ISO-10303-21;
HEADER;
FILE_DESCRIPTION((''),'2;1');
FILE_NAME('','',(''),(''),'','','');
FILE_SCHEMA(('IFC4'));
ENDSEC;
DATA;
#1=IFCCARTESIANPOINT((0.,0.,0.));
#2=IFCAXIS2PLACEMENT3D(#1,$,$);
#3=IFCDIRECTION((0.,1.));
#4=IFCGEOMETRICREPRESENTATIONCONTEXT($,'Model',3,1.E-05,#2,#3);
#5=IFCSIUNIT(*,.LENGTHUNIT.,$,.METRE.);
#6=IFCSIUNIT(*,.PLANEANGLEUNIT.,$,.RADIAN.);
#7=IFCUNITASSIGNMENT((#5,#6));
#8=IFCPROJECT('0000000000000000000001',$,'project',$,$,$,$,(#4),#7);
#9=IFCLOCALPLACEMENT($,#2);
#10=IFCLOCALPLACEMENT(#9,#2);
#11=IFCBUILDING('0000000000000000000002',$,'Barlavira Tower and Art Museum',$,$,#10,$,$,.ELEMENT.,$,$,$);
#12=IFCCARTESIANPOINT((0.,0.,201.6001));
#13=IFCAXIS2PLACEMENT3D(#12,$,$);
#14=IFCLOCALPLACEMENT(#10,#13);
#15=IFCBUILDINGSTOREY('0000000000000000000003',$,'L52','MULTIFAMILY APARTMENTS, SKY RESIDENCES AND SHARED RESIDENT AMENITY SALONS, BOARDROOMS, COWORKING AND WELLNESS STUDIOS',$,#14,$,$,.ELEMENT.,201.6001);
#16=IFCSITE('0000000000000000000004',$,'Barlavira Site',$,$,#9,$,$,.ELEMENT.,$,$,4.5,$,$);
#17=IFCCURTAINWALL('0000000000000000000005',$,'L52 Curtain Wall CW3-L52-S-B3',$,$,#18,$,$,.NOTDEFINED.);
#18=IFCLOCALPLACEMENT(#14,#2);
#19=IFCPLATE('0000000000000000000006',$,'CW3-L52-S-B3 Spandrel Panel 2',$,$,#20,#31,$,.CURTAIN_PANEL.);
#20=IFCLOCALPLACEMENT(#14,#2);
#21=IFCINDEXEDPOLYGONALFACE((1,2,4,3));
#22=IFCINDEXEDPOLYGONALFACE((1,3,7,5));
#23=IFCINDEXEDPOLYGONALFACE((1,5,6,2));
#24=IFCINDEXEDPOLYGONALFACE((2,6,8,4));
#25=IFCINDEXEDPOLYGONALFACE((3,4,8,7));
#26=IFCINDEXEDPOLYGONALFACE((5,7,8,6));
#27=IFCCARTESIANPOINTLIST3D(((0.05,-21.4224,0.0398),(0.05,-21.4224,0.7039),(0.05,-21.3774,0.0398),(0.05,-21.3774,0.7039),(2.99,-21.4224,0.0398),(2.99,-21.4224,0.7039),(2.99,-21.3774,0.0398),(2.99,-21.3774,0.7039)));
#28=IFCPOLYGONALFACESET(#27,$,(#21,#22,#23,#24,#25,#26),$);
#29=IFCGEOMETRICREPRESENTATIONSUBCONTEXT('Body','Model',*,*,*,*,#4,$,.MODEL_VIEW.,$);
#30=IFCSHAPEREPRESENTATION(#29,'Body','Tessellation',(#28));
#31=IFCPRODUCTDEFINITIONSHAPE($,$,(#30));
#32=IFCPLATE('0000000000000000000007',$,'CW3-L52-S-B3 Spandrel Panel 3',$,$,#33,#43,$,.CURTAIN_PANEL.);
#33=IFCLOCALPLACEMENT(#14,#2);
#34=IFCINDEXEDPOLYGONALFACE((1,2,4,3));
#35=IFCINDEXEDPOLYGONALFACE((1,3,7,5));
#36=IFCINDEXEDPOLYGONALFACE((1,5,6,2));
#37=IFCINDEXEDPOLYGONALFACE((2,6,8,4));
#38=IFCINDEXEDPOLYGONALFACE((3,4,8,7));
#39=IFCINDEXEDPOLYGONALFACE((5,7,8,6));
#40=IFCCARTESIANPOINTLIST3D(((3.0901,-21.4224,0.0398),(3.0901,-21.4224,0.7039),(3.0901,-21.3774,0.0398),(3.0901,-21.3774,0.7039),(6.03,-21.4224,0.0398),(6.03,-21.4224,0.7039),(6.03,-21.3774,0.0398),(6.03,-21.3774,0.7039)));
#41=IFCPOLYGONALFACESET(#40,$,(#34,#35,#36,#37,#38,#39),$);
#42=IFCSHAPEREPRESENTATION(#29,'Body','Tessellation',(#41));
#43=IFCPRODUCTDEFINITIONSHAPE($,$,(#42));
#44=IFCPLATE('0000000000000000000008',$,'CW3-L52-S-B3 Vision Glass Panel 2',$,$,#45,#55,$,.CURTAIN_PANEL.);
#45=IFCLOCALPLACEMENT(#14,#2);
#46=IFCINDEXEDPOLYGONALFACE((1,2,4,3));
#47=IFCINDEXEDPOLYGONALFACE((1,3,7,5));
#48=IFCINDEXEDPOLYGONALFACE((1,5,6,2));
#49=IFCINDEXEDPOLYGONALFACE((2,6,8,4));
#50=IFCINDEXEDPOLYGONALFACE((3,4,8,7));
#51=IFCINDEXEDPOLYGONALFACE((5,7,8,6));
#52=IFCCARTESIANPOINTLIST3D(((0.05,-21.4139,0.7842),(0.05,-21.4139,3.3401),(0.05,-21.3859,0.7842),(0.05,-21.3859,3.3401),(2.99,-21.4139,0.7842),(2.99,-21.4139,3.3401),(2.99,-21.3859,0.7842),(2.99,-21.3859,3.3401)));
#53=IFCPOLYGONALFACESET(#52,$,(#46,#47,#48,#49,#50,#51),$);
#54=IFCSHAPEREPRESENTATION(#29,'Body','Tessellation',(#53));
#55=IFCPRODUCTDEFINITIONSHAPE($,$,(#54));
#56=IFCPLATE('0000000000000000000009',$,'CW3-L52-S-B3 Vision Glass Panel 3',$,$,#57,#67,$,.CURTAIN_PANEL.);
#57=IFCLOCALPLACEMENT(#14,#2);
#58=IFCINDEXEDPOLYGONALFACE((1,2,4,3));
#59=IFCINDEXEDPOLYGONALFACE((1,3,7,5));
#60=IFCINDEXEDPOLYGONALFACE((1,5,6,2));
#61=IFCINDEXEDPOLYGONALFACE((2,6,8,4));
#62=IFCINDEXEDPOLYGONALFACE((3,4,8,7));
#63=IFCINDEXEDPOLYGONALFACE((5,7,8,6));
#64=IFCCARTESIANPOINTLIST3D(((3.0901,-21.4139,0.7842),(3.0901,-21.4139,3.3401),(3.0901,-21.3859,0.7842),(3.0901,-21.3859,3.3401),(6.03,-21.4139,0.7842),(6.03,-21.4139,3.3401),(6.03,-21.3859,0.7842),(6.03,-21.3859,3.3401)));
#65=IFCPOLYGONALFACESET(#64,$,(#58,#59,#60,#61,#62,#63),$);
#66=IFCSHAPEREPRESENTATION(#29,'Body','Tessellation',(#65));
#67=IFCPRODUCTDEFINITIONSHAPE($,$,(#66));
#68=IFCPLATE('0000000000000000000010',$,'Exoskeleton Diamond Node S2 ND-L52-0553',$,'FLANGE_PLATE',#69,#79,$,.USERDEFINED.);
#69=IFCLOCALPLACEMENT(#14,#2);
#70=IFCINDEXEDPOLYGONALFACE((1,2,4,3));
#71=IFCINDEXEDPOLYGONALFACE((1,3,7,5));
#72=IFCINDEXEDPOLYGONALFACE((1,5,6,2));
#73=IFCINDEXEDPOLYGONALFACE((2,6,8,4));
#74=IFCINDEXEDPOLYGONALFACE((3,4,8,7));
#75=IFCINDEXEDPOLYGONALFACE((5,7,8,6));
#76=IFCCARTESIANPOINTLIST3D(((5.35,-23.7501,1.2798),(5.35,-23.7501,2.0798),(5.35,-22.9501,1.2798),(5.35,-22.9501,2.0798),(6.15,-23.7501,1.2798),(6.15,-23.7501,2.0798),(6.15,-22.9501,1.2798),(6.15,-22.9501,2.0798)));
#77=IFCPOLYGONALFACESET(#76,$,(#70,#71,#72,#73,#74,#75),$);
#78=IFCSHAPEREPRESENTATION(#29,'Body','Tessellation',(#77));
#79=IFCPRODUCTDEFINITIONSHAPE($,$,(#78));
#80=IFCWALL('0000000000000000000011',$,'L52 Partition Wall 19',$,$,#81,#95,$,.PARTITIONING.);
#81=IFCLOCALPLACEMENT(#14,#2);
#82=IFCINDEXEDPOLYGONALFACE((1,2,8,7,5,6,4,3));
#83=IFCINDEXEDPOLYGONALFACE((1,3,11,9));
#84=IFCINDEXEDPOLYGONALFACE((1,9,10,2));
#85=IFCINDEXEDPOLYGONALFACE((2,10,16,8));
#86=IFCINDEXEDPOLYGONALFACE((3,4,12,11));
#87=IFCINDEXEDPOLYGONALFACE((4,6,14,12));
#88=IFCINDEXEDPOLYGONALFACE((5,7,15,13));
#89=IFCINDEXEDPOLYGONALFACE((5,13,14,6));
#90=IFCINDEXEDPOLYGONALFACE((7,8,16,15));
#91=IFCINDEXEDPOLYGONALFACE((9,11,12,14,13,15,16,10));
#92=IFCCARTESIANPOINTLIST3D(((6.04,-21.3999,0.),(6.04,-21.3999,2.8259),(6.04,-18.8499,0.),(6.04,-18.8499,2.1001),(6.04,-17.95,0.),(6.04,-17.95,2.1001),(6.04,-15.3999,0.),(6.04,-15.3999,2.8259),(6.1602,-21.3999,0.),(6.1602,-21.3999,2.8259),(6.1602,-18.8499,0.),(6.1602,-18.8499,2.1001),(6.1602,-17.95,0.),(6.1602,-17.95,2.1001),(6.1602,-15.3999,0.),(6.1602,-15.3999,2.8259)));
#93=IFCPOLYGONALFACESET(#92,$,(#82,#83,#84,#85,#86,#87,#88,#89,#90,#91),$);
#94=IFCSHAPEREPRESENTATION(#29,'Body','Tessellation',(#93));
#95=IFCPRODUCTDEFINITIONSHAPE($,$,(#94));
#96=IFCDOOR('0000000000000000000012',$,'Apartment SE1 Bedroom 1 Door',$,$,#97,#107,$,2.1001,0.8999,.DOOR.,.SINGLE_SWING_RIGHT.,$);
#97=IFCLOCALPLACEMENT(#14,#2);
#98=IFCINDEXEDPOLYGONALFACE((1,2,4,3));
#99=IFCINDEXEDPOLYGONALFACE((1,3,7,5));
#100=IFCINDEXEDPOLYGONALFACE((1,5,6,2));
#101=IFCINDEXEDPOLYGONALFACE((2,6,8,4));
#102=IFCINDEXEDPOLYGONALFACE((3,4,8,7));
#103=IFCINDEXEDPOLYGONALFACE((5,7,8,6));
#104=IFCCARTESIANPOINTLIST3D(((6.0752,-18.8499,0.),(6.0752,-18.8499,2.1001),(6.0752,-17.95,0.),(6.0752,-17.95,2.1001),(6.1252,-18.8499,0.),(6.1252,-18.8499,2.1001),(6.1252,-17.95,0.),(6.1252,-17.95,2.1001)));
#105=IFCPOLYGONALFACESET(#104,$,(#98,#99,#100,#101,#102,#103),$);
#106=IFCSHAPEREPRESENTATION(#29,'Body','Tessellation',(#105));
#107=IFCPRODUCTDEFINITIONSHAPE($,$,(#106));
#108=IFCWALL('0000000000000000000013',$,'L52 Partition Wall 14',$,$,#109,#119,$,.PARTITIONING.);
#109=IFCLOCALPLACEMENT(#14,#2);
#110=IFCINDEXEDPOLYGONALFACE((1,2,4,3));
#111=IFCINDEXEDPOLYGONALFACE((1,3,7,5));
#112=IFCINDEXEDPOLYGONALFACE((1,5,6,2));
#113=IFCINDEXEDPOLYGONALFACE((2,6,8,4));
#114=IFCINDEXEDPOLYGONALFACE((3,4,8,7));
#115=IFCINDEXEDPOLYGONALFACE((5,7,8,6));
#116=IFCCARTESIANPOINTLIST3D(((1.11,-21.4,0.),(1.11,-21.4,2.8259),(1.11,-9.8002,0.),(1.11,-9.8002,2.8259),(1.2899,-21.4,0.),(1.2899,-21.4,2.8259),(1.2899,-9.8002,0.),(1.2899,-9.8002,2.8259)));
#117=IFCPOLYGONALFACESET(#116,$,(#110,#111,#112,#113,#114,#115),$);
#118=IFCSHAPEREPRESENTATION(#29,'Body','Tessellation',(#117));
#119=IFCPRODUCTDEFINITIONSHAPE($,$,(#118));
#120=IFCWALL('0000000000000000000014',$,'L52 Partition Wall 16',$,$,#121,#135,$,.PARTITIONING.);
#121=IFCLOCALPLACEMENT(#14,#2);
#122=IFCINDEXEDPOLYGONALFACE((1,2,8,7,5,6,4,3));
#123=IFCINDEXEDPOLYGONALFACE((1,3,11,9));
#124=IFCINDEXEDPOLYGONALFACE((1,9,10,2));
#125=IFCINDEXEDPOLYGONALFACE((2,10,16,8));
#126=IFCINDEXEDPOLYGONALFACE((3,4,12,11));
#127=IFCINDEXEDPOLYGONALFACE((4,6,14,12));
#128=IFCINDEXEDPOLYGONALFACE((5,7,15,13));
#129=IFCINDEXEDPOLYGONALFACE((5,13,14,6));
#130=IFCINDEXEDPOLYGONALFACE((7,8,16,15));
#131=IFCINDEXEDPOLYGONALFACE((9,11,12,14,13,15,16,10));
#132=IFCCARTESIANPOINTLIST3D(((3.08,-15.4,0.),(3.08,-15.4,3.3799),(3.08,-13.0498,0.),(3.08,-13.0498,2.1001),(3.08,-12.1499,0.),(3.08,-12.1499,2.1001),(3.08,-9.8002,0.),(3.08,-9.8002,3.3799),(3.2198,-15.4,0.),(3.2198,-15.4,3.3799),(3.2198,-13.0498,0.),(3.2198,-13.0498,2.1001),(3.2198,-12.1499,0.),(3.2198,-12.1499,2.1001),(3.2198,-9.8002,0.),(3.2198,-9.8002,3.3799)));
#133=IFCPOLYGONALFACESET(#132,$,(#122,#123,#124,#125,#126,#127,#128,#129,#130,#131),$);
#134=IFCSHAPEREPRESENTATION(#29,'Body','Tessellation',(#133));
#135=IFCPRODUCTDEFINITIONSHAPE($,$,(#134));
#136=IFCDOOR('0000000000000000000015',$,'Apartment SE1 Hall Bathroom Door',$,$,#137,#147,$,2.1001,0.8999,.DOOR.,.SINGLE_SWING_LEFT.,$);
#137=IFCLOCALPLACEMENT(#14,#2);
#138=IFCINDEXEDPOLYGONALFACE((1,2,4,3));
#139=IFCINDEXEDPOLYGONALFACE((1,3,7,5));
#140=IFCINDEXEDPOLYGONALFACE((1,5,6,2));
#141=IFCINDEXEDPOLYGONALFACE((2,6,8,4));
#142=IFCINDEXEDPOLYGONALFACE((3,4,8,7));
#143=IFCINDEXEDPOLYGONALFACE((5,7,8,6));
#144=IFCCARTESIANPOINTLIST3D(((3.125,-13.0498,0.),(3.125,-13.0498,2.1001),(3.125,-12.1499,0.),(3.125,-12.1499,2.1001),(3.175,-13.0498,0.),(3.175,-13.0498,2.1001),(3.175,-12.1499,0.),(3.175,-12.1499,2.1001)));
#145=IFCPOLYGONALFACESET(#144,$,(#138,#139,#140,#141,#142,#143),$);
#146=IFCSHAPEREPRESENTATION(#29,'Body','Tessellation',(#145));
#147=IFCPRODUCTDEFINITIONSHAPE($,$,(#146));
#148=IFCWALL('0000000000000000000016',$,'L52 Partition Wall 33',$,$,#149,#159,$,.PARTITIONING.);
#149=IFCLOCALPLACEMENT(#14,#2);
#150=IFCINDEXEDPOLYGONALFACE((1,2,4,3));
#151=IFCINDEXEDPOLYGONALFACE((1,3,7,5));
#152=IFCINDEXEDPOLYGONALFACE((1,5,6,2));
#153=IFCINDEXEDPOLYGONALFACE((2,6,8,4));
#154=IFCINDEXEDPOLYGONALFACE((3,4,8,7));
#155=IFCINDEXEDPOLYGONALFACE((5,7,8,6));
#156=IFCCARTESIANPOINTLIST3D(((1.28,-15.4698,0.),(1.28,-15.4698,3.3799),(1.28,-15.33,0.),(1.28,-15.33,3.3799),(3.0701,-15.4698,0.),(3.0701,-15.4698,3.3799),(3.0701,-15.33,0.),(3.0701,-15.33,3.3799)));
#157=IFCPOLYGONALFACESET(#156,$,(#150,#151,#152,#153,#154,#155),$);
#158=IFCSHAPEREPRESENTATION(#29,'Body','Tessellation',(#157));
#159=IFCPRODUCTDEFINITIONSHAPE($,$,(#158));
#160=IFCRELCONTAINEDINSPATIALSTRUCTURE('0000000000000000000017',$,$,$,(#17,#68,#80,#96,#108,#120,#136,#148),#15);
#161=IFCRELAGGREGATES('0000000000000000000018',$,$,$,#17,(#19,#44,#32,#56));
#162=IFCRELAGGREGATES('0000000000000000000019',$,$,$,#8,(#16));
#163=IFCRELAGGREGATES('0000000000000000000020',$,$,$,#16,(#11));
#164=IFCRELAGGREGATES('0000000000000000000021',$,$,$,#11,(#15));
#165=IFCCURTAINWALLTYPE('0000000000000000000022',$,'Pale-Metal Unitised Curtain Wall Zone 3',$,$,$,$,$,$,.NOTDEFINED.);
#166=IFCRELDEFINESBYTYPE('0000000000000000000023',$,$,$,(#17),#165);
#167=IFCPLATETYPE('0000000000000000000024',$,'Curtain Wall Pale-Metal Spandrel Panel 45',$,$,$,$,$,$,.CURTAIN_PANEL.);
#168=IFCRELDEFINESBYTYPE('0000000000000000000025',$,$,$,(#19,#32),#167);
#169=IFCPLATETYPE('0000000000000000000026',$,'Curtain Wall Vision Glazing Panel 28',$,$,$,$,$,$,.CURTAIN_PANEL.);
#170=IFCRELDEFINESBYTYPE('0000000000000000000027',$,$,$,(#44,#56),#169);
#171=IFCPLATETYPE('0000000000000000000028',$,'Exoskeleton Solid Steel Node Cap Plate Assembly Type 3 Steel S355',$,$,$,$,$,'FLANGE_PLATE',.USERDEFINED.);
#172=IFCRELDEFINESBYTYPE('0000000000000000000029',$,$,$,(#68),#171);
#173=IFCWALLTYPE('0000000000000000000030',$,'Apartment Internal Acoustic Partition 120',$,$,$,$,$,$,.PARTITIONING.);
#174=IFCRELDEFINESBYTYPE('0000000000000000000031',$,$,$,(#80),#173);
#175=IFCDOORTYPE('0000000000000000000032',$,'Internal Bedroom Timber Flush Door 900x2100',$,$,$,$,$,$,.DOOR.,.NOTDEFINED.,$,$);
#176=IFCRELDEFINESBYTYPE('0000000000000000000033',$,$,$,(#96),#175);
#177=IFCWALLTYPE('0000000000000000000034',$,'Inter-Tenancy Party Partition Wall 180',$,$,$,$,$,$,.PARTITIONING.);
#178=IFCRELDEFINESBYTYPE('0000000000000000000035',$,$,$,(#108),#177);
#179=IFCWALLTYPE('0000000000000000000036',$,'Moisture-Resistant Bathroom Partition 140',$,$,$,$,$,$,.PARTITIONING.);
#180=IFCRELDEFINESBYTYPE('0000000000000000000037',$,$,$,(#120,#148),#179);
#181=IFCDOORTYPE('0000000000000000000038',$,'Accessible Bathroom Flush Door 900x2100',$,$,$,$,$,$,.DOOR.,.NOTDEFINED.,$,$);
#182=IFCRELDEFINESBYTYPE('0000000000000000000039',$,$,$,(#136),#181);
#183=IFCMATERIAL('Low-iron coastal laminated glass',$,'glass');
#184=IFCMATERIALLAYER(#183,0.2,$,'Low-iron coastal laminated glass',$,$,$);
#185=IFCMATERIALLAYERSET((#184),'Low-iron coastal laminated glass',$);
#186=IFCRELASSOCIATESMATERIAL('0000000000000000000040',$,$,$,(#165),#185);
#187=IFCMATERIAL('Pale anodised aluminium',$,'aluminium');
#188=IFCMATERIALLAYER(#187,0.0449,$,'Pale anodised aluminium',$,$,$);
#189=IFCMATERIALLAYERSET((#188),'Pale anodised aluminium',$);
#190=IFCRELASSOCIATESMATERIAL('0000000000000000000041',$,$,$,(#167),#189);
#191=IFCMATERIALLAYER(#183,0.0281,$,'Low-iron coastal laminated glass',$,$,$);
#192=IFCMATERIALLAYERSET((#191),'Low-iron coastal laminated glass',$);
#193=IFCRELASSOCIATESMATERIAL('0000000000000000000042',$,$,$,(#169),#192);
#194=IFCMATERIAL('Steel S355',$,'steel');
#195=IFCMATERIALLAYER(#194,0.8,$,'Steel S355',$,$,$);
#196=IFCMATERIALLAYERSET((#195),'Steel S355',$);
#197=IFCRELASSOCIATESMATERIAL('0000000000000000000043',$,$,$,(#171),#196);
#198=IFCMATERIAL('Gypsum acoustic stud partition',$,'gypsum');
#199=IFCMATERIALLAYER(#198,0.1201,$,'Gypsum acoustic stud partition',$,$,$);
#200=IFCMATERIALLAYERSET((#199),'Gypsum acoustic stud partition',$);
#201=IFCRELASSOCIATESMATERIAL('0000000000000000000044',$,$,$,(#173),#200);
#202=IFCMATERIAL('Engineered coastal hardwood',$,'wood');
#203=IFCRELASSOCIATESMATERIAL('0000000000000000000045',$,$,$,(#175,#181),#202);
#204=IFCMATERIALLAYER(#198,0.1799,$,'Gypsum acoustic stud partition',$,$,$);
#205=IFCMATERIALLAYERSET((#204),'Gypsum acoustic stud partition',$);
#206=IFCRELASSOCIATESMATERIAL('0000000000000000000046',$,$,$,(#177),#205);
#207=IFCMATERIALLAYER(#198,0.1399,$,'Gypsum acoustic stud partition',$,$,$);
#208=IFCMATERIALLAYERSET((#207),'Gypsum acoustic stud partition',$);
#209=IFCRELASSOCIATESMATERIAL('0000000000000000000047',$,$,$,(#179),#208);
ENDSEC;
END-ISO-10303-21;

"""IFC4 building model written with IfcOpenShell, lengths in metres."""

from ifc_helpers import new_model, si_unit, direction, frame, frame_2d, origin, origin_2d, place, context, subcontext, project, spatial, rectangle, extrude, material, layer, layer_set, type_object, element, fill, aggregate, save


model = new_model("IFC4")

# Units and contexts
model_context = context("Model", 3, precision=1e-05, world=origin(), true_north=direction((0.0, 1.0)))
body_context = subcontext(model_context, "Body", "Model", "MODEL_VIEW")
ifc_project = project(units=[si_unit("LENGTHUNIT", "METRE"), si_unit("PLANEANGLEUNIT", "RADIAN")], contexts=[model_context])

# Site, building, storey
site_placement = place(None, origin())
site = spatial("IfcSite", under=ifc_project, at=site_placement, Name="Barlavira Site", CompositionType="ELEMENT", RefElevation=4.5)
building_placement = place(site_placement, origin())
building = spatial("IfcBuilding", under=site, at=building_placement, Name="Barlavira Tower and Art Museum", CompositionType="ELEMENT")
storey_placement = place(building_placement, frame((0.0, 0.0, 201.6001)))
storey = spatial("IfcBuildingStorey", under=building, at=storey_placement, Name="L52", Description="MULTIFAMILY APARTMENTS, SKY RESIDENCES AND SHARED RESIDENT AMENITY SALONS, BOARDROOMS, COWORKING AND WELLNESS STUDIOS", CompositionType="ELEMENT", Elevation=201.6001)

# Curtain wall
ifc_material_1 = material(Name="Low-iron coastal laminated glass", Category="glass")
ifc_layer_1 = layer(ifc_material_1, 0.2, Name="Low-iron coastal laminated glass")
ifc_layer_set_1 = layer_set([ifc_layer_1], Name="Low-iron coastal laminated glass")
curtain_wall_type = type_object("IfcCurtainWallType", Name="Pale-Metal Unitised Curtain Wall Zone 3", PredefinedType="NOTDEFINED", material=ifc_layer_set_1)
curtain_wall_placement = place(storey_placement, origin())
curtain_wall = element("IfcCurtainWall", 1, at=curtain_wall_placement, inside=storey, type_object=curtain_wall_type, Name="L52 Curtain Wall CW3-L52-S-B3", PredefinedType="NOTDEFINED")
ifc_material_2 = material(Name="Pale anodised aluminium", Category="aluminium")

# Shared definitions
ifc_material_3 = material(Name="Steel S355", Category="steel")

# Plates
ifc_layer_2 = layer(ifc_material_2, 0.0449, Name="Pale anodised aluminium")
ifc_layer_set_2 = layer_set([ifc_layer_2], Name="Pale anodised aluminium")
plate_type_1 = type_object("IfcPlateType", Name="Curtain Wall Pale-Metal Spandrel Panel 45", PredefinedType="CURTAIN_PANEL", material=ifc_layer_set_2)
plate_1_placement = place(storey_placement, frame((1.52, -21.3999, 0.0398), z_axis=(0.0, 0.0, 1.0), x_axis=(1.0, 0.0, 0.0)))
plate_1 = element("IfcPlate", 2, at=plate_1_placement, type_object=plate_type_1, Name="CW3-L52-S-B3 Spandrel Panel 2", PredefinedType="CURTAIN_PANEL", context=body_context, shape_type="SweptSolid", body=[
    extrude(rectangle(XDim=2.9399, YDim=0.0449, at=origin_2d()), origin(), (0.0, 0.0, 1.0), 0.6641),
])
plate_2_placement = place(storey_placement, frame((4.5601, -21.3999, 0.0398), z_axis=(0.0, 0.0, 1.0), x_axis=(1.0, 0.0, 0.0)))
plate_2 = element("IfcPlate", 3, at=plate_2_placement, type_object=plate_type_1, Name="CW3-L52-S-B3 Spandrel Panel 3", PredefinedType="CURTAIN_PANEL", context=body_context, shape_type="SweptSolid", body=[
    extrude(rectangle(XDim=2.9399, YDim=0.0449, at=origin_2d()), origin(), (0.0, 0.0, 1.0), 0.6641),
])
ifc_layer_3 = layer(ifc_material_1, 0.0281, Name="Low-iron coastal laminated glass")
ifc_layer_set_3 = layer_set([ifc_layer_3], Name="Low-iron coastal laminated glass")
plate_type_2 = type_object("IfcPlateType", Name="Curtain Wall Vision Glazing Panel 28", PredefinedType="CURTAIN_PANEL", material=ifc_layer_set_3)
plate_3_placement = place(storey_placement, frame((1.52, -21.3999, 0.7842), z_axis=(0.0, 0.0, 1.0), x_axis=(1.0, 0.0, 0.0)))
plate_3 = element("IfcPlate", 4, at=plate_3_placement, type_object=plate_type_2, Name="CW3-L52-S-B3 Vision Glass Panel 2", PredefinedType="CURTAIN_PANEL", context=body_context, shape_type="SweptSolid", body=[
    extrude(rectangle(XDim=2.9399, YDim=0.0281, at=origin_2d()), origin(), (0.0, 0.0, 1.0), 2.5559),
])
plate_4_placement = place(storey_placement, frame((4.5601, -21.3999, 0.7842), z_axis=(0.0, 0.0, 1.0), x_axis=(1.0, 0.0, 0.0)))
plate_4 = element("IfcPlate", 5, at=plate_4_placement, type_object=plate_type_2, Name="CW3-L52-S-B3 Vision Glass Panel 3", PredefinedType="CURTAIN_PANEL", context=body_context, shape_type="SweptSolid", body=[
    extrude(rectangle(XDim=2.9399, YDim=0.0281, at=origin_2d()), origin(), (0.0, 0.0, 1.0), 2.5559),
])
aggregate(curtain_wall, [plate_1, plate_3, plate_2, plate_4])
ifc_layer_4 = layer(ifc_material_3, 0.8, Name="Steel S355")
ifc_layer_set_4 = layer_set([ifc_layer_4], Name="Steel S355")
plate_type_3 = type_object("IfcPlateType", Name="Exoskeleton Solid Steel Node Cap Plate Assembly Type 3 Steel S355", ElementType="FLANGE_PLATE", PredefinedType="USERDEFINED", material=ifc_layer_set_4)
plate_5_placement = place(storey_placement, frame((5.75, -23.3501, 1.2798), z_axis=(0.0, 0.0, 1.0), x_axis=(1.0, 0.0, 0.0)))
element("IfcPlate", 6, at=plate_5_placement, inside=storey, type_object=plate_type_3, Name="Exoskeleton Diamond Node S2 ND-L52-0553", ObjectType="FLANGE_PLATE", PredefinedType="USERDEFINED", context=body_context, shape_type="SweptSolid", body=[
    extrude(rectangle(XDim=0.8, YDim=0.8, at=origin_2d()), origin(), (0.0, 0.0, 1.0), 0.8),
])

# Wall, opening, door
ifc_material_4 = material(Name="Gypsum acoustic stud partition", Category="gypsum")
ifc_layer_5 = layer(ifc_material_4, 0.1201, Name="Gypsum acoustic stud partition")
ifc_layer_set_5 = layer_set([ifc_layer_5], Name="Gypsum acoustic stud partition")
wall_type_1 = type_object("IfcWallType", Name="Apartment Internal Acoustic Partition 120", PredefinedType="PARTITIONING", material=ifc_layer_set_5)
wall_1_placement = place(storey_placement, frame((6.1001, -21.3999, 0.0), z_axis=(0.0, 0.0, 1.0), x_axis=(0.0, 1.0, 0.0)))
wall_1 = element("IfcWall", 7, at=wall_1_placement, inside=storey, type_object=wall_type_1, Name="L52 Partition Wall 19", PredefinedType="PARTITIONING", context=body_context, shape_type="SweptSolid", body=[
    extrude(rectangle(XDim=6.0, YDim=0.1201, at=frame_2d((3.0, 0.0))), origin(), (0.0, 0.0, 1.0), 2.8259),
])
opening_1_placement = place(wall_1_placement, frame((2.55, 0.0, 0.0)))
opening_1 = element("IfcOpeningElement", 8, at=opening_1_placement, cuts=wall_1, PredefinedType="OPENING", context=body_context, shape_type="SweptSolid", body=[
    extrude(rectangle(XDim=0.8999, YDim=2.1001, at=frame_2d((0.45, 1.05))), frame((0.0, 0.0701, 0.0), z_axis=(0.0, -1.0, 0.0), x_axis=(1.0, 0.0, 0.0)), (0.0, 0.0, 1.0), 0.1401),
])
ifc_material_5 = material(Name="Engineered coastal hardwood", Category="wood")
door_type_1 = type_object("IfcDoorType", Name="Internal Bedroom Timber Flush Door 900x2100", OperationType="NOTDEFINED", PredefinedType="DOOR", material=ifc_material_5)
door_1_placement = place(opening_1_placement, origin())
door_1 = element("IfcDoor", 9, at=door_1_placement, inside=storey, type_object=door_type_1, Name="Apartment SE1 Bedroom 1 Door", OperationType="SINGLE_SWING_RIGHT", OverallHeight=2.1001, OverallWidth=0.8999, PredefinedType="DOOR", context=body_context, shape_type="SweptSolid", body=[
    extrude(rectangle(XDim=0.8999, YDim=2.1001, at=frame_2d((0.45, 1.05))), frame((0.0, 0.0249, 0.0), z_axis=(0.0, -1.0, 0.0), x_axis=(1.0, 0.0, 0.0)), (0.0, 0.0, 1.0), 0.05),
])
fill(opening_1, door_1)

# Wall
ifc_layer_6 = layer(ifc_material_4, 0.1799, Name="Gypsum acoustic stud partition")
ifc_layer_set_6 = layer_set([ifc_layer_6], Name="Gypsum acoustic stud partition")
wall_type_2 = type_object("IfcWallType", Name="Inter-Tenancy Party Partition Wall 180", PredefinedType="PARTITIONING", material=ifc_layer_set_6)
wall_2_placement = place(storey_placement, frame((1.2, -21.3999, 0.0), z_axis=(0.0, 0.0, 1.0), x_axis=(0.0, 1.0, 0.0)))
element("IfcWall", 10, at=wall_2_placement, inside=storey, type_object=wall_type_2, Name="L52 Partition Wall 14", PredefinedType="PARTITIONING", context=body_context, shape_type="SweptSolid", body=[
    extrude(rectangle(XDim=11.5999, YDim=0.1799, at=frame_2d((5.7998, 0.0))), origin(), (0.0, 0.0, 1.0), 2.8259),
])

# Wall, opening, door
ifc_layer_7 = layer(ifc_material_4, 0.1399, Name="Gypsum acoustic stud partition")
ifc_layer_set_7 = layer_set([ifc_layer_7], Name="Gypsum acoustic stud partition")
wall_type_3 = type_object("IfcWallType", Name="Moisture-Resistant Bathroom Partition 140", PredefinedType="PARTITIONING", material=ifc_layer_set_7)
wall_3_placement = place(storey_placement, frame((3.1499, -15.3999, 0.0), z_axis=(0.0, 0.0, 1.0), x_axis=(0.0, 1.0, 0.0)))
wall_3 = element("IfcWall", 11, at=wall_3_placement, inside=storey, type_object=wall_type_3, Name="L52 Partition Wall 16", PredefinedType="PARTITIONING", context=body_context, shape_type="SweptSolid", body=[
    extrude(rectangle(XDim=5.5999, YDim=0.1399, at=frame_2d((2.7998, 0.0))), origin(), (0.0, 0.0, 1.0), 3.3799),
])
opening_2_placement = place(wall_3_placement, frame((2.3501, 0.0, 0.0)))
opening_2 = element("IfcOpeningElement", 12, at=opening_2_placement, cuts=wall_3, PredefinedType="OPENING", context=body_context, shape_type="SweptSolid", body=[
    extrude(rectangle(XDim=0.8999, YDim=2.1001, at=frame_2d((0.45, 1.05))), frame((0.0, 0.0801, 0.0), z_axis=(0.0, -1.0, 0.0), x_axis=(1.0, 0.0, 0.0)), (0.0, 0.0, 1.0), 0.1599),
])
door_type_2 = type_object("IfcDoorType", Name="Accessible Bathroom Flush Door 900x2100", OperationType="NOTDEFINED", PredefinedType="DOOR", material=ifc_material_5)
door_2_placement = place(opening_2_placement, origin())
door_2 = element("IfcDoor", 13, at=door_2_placement, inside=storey, type_object=door_type_2, Name="Apartment SE1 Hall Bathroom Door", OperationType="SINGLE_SWING_LEFT", OverallHeight=2.1001, OverallWidth=0.8999, PredefinedType="DOOR", context=body_context, shape_type="SweptSolid", body=[
    extrude(rectangle(XDim=0.8999, YDim=2.1001, at=frame_2d((0.45, 1.05))), frame((0.0, 0.0249, 0.0), z_axis=(0.0, -1.0, 0.0), x_axis=(1.0, 0.0, 0.0)), (0.0, 0.0, 1.0), 0.05),
])
fill(opening_2, door_2)

# Wall
wall_4_placement = place(storey_placement, frame((1.28, -15.3999, 0.0), z_axis=(0.0, 0.0, 1.0), x_axis=(1.0, 0.0, 0.0)))
element("IfcWall", 14, at=wall_4_placement, inside=storey, type_object=wall_type_3, Name="L52 Partition Wall 33", PredefinedType="PARTITIONING", context=body_context, shape_type="SweptSolid", body=[
    extrude(rectangle(XDim=1.79, YDim=0.1399, at=frame_2d((0.895, 0.0))), origin(), (0.0, 0.0, 1.0), 3.3799),
])

save(model, "model.ifc")
